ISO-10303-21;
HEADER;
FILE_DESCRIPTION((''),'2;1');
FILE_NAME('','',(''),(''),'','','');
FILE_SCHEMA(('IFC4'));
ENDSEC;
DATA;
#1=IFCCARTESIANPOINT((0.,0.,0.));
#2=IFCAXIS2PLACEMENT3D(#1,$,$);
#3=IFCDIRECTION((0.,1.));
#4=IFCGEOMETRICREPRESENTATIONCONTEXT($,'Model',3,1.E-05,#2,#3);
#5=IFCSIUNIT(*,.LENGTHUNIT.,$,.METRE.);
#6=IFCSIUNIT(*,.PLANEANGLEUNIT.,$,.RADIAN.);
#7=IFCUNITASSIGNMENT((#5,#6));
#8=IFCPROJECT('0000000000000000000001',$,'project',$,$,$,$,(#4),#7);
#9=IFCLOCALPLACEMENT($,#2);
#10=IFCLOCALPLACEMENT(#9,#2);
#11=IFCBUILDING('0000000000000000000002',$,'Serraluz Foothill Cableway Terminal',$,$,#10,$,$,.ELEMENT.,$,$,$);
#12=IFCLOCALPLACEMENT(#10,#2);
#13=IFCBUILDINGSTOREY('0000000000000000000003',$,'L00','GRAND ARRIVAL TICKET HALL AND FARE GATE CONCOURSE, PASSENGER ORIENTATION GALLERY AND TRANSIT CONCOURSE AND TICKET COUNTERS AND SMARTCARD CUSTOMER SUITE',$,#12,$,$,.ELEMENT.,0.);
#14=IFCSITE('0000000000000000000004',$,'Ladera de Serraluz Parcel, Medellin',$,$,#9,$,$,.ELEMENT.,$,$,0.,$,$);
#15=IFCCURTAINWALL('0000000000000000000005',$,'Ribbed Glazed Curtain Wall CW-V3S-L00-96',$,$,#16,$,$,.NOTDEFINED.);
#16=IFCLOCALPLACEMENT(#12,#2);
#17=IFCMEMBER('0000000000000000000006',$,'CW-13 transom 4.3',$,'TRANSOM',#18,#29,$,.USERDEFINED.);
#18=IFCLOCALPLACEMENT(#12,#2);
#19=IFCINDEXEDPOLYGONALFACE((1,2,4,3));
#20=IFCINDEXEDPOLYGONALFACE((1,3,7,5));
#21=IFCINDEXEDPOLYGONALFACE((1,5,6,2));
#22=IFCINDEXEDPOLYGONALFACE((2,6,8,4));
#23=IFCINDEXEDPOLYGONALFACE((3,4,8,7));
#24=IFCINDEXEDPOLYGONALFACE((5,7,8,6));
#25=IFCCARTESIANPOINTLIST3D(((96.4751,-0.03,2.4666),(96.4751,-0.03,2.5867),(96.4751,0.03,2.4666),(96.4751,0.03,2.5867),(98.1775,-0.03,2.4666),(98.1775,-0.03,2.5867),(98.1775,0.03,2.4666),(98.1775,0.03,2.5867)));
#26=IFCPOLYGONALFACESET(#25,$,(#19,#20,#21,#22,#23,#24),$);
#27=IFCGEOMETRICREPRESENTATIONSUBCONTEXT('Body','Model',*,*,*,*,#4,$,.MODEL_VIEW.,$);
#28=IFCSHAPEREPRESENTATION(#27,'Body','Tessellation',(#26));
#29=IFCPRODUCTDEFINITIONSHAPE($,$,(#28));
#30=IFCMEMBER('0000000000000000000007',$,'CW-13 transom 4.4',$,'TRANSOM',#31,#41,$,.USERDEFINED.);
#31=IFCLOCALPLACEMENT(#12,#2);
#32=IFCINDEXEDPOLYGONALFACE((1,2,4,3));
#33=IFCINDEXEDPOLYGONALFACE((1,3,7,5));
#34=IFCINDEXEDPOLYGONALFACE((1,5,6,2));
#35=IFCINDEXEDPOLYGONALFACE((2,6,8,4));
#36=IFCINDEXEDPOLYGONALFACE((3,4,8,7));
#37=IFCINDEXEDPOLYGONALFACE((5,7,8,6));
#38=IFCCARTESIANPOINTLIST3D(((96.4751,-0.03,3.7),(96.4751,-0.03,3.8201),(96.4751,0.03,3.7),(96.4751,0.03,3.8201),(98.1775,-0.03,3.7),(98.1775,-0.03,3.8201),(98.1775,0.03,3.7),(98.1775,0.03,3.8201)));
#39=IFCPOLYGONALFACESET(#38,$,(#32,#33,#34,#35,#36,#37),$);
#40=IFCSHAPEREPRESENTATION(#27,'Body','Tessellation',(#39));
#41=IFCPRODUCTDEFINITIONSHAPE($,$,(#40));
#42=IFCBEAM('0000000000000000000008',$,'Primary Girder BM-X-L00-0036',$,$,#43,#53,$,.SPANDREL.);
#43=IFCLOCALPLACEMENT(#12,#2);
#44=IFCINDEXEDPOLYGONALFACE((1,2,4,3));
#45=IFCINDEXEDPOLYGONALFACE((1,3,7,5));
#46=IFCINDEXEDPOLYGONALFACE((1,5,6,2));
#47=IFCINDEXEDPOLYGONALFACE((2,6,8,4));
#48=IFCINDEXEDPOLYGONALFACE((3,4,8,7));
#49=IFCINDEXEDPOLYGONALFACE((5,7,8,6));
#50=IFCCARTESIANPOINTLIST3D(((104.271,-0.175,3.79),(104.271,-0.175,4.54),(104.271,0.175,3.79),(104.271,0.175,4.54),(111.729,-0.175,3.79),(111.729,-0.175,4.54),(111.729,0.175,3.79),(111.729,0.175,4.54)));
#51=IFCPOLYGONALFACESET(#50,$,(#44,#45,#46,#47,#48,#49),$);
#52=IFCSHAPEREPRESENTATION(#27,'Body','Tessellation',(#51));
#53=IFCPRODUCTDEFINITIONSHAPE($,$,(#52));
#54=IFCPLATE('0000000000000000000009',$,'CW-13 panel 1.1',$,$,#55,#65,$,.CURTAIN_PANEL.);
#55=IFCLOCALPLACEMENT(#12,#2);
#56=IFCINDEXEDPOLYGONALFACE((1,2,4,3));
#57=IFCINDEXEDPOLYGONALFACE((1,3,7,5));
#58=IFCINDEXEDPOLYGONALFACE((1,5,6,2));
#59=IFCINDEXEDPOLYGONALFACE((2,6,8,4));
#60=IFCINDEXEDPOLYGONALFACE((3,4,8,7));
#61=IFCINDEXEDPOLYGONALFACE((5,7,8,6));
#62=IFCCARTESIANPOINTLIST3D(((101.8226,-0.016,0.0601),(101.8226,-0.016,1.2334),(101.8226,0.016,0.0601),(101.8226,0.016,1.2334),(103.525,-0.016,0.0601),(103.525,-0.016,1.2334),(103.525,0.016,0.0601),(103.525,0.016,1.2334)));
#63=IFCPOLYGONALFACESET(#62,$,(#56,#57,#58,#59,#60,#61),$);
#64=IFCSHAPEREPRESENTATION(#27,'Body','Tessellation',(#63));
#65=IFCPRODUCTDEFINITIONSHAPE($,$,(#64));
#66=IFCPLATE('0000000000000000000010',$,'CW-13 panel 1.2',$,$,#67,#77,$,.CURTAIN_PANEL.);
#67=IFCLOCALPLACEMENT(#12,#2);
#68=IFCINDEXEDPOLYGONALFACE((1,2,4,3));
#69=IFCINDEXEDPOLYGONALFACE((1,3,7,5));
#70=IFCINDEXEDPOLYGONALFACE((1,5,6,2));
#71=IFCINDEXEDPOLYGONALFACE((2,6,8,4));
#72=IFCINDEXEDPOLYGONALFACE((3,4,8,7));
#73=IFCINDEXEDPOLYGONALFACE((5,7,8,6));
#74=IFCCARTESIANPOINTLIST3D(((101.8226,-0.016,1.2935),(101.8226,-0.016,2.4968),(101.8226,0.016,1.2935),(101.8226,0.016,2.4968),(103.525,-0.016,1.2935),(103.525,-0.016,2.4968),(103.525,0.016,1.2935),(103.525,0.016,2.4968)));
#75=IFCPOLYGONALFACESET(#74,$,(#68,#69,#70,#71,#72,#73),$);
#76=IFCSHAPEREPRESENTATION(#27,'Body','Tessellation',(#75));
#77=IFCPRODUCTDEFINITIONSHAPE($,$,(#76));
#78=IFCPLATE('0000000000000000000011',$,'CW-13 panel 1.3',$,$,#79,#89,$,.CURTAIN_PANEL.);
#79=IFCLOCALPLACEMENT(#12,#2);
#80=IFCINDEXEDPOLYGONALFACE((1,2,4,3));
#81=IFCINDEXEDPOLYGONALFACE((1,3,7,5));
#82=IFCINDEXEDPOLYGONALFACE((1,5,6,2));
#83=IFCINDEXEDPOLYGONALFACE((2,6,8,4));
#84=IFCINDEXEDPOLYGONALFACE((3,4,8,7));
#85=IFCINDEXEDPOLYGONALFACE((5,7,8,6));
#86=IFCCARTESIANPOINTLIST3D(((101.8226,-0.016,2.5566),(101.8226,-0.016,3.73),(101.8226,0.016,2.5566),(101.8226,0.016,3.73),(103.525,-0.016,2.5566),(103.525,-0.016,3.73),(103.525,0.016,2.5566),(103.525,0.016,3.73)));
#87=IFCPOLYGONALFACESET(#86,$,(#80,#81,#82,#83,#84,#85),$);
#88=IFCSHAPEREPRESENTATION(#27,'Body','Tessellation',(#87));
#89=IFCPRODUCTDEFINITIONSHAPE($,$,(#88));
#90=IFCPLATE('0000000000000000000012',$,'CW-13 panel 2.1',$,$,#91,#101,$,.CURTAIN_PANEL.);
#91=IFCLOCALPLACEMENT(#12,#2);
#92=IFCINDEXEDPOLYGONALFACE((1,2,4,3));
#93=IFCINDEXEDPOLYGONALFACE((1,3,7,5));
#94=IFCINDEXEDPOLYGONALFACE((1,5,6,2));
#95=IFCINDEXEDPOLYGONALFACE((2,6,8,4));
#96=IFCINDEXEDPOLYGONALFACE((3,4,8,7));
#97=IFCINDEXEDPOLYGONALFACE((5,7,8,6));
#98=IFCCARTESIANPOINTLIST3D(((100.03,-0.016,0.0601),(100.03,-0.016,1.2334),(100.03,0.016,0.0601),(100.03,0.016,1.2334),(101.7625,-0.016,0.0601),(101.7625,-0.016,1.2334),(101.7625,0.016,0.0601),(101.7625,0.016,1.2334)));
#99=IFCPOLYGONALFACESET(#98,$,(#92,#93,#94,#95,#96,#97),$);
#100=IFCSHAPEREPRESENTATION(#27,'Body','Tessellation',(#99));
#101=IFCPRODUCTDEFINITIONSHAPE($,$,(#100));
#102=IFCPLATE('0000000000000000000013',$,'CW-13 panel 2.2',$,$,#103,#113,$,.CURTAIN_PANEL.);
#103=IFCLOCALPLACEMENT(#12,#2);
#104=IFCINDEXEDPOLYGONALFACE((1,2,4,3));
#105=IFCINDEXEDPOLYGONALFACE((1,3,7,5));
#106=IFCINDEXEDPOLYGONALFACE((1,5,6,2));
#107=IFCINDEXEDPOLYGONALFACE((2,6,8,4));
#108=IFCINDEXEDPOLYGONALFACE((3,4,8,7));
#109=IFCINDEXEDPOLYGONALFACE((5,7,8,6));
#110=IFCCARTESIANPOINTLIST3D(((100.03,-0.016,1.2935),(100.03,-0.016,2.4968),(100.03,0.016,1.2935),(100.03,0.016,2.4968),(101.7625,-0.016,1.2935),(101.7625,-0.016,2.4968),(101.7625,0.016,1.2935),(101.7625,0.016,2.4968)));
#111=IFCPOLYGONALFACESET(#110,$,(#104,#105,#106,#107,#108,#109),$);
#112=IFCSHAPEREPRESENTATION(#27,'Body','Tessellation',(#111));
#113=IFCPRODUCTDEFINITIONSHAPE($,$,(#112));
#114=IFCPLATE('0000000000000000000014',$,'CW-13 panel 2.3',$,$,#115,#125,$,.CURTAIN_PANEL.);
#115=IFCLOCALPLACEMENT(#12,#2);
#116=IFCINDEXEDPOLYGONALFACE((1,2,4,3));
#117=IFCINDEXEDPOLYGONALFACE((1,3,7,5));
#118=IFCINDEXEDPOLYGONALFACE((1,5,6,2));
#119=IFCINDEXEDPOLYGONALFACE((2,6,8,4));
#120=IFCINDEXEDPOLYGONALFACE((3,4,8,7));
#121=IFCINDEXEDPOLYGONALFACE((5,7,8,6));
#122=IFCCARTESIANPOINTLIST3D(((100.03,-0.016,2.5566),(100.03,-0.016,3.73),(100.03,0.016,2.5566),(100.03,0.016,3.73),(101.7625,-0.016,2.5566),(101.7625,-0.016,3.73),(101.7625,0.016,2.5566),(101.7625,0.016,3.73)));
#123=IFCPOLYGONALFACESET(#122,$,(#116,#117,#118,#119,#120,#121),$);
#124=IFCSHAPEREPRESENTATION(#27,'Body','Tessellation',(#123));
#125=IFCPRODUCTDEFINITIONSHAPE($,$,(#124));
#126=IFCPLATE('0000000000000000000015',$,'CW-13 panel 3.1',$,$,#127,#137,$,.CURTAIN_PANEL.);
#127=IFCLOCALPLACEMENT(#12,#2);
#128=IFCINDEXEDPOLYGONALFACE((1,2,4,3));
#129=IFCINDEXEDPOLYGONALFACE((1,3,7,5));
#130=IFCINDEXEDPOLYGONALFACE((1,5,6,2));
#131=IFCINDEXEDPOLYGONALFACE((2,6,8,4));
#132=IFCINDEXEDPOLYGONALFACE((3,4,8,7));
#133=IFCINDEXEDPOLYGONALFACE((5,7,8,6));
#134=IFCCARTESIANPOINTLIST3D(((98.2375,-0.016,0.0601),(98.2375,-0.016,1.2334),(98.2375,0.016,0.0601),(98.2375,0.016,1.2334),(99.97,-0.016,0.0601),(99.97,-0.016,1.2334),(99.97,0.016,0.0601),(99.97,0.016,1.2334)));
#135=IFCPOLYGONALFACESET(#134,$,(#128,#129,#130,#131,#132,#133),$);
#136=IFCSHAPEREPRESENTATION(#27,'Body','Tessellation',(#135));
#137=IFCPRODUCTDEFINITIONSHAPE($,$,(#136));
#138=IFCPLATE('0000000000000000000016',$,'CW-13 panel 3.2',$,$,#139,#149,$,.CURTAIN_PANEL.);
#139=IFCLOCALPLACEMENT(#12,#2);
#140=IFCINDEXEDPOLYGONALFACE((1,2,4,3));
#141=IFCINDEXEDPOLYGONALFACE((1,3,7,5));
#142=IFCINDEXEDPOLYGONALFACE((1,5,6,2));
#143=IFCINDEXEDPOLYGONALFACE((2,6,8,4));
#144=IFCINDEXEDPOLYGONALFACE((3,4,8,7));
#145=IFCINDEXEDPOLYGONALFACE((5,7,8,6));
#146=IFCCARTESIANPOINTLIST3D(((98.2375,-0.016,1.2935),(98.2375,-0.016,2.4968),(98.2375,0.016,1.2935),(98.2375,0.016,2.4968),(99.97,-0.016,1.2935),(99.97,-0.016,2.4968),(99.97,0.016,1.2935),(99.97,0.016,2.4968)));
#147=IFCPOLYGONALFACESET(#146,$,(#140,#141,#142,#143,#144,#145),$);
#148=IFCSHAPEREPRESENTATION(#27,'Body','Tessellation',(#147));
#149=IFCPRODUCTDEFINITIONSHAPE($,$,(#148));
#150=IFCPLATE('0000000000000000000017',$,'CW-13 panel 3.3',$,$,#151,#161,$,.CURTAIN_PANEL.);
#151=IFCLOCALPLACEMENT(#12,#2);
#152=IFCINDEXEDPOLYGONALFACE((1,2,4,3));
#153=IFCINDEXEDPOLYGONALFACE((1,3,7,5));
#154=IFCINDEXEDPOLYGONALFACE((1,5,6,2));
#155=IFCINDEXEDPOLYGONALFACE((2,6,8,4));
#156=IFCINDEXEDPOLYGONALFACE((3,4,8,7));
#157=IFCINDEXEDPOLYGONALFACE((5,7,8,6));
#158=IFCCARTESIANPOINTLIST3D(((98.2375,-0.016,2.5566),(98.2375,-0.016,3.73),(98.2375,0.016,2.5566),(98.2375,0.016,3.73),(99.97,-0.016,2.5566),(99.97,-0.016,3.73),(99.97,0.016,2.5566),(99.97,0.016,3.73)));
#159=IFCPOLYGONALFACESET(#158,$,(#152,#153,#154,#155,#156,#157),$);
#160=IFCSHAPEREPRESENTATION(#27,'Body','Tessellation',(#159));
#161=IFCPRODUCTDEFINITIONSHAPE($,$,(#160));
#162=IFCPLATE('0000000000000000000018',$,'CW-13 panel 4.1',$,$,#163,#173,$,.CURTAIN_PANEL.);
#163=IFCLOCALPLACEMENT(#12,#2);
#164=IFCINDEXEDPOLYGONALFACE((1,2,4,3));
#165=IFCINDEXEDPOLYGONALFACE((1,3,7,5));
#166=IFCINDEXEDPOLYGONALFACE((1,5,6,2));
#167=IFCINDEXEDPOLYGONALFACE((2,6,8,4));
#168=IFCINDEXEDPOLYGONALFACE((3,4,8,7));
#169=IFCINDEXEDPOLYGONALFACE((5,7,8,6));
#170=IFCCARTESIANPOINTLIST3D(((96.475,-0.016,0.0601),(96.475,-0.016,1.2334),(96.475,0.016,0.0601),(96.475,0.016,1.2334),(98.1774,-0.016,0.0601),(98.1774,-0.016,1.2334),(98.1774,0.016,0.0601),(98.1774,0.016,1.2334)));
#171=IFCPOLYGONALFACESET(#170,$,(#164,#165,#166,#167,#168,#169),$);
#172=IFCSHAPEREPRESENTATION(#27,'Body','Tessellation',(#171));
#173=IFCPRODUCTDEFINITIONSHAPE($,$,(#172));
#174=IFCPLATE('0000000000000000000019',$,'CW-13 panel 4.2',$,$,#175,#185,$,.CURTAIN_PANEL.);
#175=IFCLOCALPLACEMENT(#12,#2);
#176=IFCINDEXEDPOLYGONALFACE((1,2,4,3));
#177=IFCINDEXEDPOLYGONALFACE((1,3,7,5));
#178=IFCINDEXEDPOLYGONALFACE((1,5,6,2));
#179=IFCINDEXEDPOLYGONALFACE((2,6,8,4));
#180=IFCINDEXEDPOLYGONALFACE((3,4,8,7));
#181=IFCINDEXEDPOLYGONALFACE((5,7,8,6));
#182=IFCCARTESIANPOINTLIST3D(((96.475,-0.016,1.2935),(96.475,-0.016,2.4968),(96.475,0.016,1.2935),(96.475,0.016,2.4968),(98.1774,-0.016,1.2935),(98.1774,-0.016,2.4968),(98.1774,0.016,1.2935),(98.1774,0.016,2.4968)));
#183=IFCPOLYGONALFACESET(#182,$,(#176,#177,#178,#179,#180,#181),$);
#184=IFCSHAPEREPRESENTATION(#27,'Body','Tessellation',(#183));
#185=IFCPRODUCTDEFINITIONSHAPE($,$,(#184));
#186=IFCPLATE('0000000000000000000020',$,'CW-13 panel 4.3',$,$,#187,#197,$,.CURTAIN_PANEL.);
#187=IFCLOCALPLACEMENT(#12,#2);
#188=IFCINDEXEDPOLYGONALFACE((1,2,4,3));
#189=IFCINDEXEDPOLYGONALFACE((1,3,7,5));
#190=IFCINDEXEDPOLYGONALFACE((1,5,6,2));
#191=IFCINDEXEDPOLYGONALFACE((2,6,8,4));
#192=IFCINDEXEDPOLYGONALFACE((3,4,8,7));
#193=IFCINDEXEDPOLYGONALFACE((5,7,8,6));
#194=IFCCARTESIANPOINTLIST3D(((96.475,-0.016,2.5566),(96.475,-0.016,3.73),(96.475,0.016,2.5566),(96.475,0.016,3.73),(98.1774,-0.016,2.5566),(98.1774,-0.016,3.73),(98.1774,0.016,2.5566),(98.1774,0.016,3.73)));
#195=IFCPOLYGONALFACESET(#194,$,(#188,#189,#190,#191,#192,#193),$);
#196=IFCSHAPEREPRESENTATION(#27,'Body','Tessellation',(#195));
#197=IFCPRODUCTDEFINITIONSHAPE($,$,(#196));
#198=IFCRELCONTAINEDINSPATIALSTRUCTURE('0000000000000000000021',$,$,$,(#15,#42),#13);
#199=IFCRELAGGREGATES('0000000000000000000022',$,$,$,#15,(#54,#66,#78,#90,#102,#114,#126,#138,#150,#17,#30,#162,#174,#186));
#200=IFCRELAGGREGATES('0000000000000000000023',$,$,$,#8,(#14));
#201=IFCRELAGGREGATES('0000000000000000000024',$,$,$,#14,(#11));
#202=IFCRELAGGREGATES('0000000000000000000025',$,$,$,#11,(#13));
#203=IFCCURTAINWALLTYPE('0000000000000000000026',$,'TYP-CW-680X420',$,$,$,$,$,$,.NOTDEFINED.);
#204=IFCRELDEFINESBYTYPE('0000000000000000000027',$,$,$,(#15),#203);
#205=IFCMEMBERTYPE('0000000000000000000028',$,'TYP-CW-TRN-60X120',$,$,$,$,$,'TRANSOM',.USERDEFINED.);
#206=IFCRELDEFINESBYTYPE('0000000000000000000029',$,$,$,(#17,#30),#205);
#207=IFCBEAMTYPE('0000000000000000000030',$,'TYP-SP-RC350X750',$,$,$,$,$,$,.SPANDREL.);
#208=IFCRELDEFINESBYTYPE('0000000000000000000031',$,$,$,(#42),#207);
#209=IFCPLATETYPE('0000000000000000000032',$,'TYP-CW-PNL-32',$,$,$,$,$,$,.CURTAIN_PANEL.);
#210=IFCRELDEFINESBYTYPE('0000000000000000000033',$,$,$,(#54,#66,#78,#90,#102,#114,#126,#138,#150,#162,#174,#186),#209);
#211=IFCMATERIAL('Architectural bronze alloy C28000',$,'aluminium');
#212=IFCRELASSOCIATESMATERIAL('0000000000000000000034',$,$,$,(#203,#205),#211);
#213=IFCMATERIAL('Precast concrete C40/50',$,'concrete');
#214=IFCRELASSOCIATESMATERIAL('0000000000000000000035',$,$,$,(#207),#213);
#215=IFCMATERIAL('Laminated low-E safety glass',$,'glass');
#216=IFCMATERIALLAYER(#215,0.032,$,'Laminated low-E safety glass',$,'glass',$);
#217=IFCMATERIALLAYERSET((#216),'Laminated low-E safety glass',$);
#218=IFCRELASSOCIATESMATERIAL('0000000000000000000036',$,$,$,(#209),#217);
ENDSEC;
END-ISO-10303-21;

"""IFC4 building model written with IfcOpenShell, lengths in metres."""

from ifc_helpers import new_model, si_unit, direction, frame, origin, origin_2d, place, context, subcontext, project, spatial, rectangle, extrude, material, layer, layer_set, material_profile, profile_set, type_object, element, aggregate, save


model = new_model("IFC4")

# Units and contexts
model_context = context("Model", 3, precision=1e-05, world=origin(), true_north=direction((0.0, 1.0)))
body_context = subcontext(model_context, "Body", "Model", "MODEL_VIEW")
ifc_project = project(units=[si_unit("LENGTHUNIT", "METRE"), si_unit("PLANEANGLEUNIT", "RADIAN")], contexts=[model_context])

# Site, building, storey
site_placement = place(None, origin())
site = spatial("IfcSite", under=ifc_project, at=site_placement, Name="Ladera de Serraluz Parcel, Medellin", CompositionType="ELEMENT", RefElevation=0.0)
building_placement = place(site_placement, origin())
building = spatial("IfcBuilding", under=site, at=building_placement, Name="Serraluz Foothill Cableway Terminal", CompositionType="ELEMENT")
storey_placement = place(building_placement, origin())
storey = spatial("IfcBuildingStorey", under=building, at=storey_placement, Name="L00", Description="GRAND ARRIVAL TICKET HALL AND FARE GATE CONCOURSE, PASSENGER ORIENTATION GALLERY AND TRANSIT CONCOURSE AND TICKET COUNTERS AND SMARTCARD CUSTOMER SUITE", CompositionType="ELEMENT", Elevation=0.0)

# Curtain wall
ifc_material_1 = material(Name="Architectural bronze alloy C28000", Category="aluminium")
curtain_wall_type_1 = type_object("IfcCurtainWallType", Name="TYP-CW-680X420", PredefinedType="NOTDEFINED", material=ifc_material_1)
curtain_wall_1_placement = place(storey_placement, origin())
curtain_wall_1 = element("IfcCurtainWall", 1, at=curtain_wall_1_placement, inside=storey, type_object=curtain_wall_type_1, Name="Ribbed Glazed Curtain Wall CW-V3S-L00-96", PredefinedType="NOTDEFINED")

# Members
ifc_material_profile_1 = material_profile(ifc_material_1, rectangle(XDim=0.0601, YDim=0.1201, at=origin_2d()), Name="ALU TRANSOM 60x120")
ifc_profile_set_1 = profile_set([ifc_material_profile_1], Name="Architectural bronze alloy C28000")
member_type_1 = type_object("IfcMemberType", Name="TYP-CW-TRN-60X120", ElementType="TRANSOM", PredefinedType="USERDEFINED", material=ifc_profile_set_1)
member_1_placement = place(storey_placement, frame((98.1775, 0.0, 2.5266), z_axis=(-1.0, 0.0, 0.0), x_axis=(0.0, -1.0, 0.0)))
member_1 = element("IfcMember", 2, at=member_1_placement, type_object=member_type_1, Name="CW-13 transom 4.3", ObjectType="TRANSOM", PredefinedType="USERDEFINED", context=body_context, shape_type="SweptSolid", body=[
    extrude(rectangle(XDim=0.0601, YDim=0.1201, at=origin_2d()), origin(), (0.0, 0.0, 1.0), 1.7024),
])
member_2_placement = place(storey_placement, frame((98.1775, 0.0, 3.76), z_axis=(-1.0, 0.0, 0.0), x_axis=(0.0, -1.0, 0.0)))
member_2 = element("IfcMember", 3, at=member_2_placement, type_object=member_type_1, Name="CW-13 transom 4.4", ObjectType="TRANSOM", PredefinedType="USERDEFINED", context=body_context, shape_type="SweptSolid", body=[
    extrude(rectangle(XDim=0.0601, YDim=0.1201, at=origin_2d()), origin(), (0.0, 0.0, 1.0), 1.7024),
])

# Beam
ifc_material_2 = material(Name="Precast concrete C40/50", Category="concrete")
ifc_material_profile_2 = material_profile(ifc_material_2, rectangle(XDim=0.3501, YDim=0.75, at=origin_2d()), Name="RC SP 350x750")
ifc_profile_set_2 = profile_set([ifc_material_profile_2], Name="Precast concrete C40/50")
beam_type = type_object("IfcBeamType", Name="TYP-SP-RC350X750", PredefinedType="SPANDREL", material=ifc_profile_set_2)
beam_placement = place(storey_placement, frame((104.271, 0.0, 4.165), z_axis=(1.0, 0.0, 0.0), x_axis=(0.0, 1.0, 0.0)))
element("IfcBeam", 4, at=beam_placement, inside=storey, type_object=beam_type, Name="Primary Girder BM-X-L00-0036", PredefinedType="SPANDREL", context=body_context, shape_type="SweptSolid", body=[
    extrude(rectangle(XDim=0.3501, YDim=0.75, at=origin_2d()), origin(), (0.0, 0.0, 1.0), 7.458),
])

# Plates
ifc_material_3 = material(Name="Laminated low-E safety glass", Category="glass")
ifc_layer = layer(ifc_material_3, 0.032, Name="Laminated low-E safety glass", Category="glass")
ifc_layer_set = layer_set([ifc_layer], Name="Laminated low-E safety glass")
plate_type = type_object("IfcPlateType", Name="TYP-CW-PNL-32", PredefinedType="CURTAIN_PANEL", material=ifc_layer_set)
plate_1_placement = place(storey_placement, frame((102.6738, 0.0, 0.0601), z_axis=(0.0, 0.0, 1.0), x_axis=(-1.0, 0.0, 0.0)))
plate_1 = element("IfcPlate", 5, at=plate_1_placement, type_object=plate_type, Name="CW-13 panel 1.1", PredefinedType="CURTAIN_PANEL", context=body_context, shape_type="SweptSolid", body=[
    extrude(rectangle(XDim=1.7024, YDim=0.032, at=origin_2d()), origin(), (0.0, 0.0, 1.0), 1.1733),
])
plate_2_placement = place(storey_placement, frame((102.6738, 0.0, 1.2935), z_axis=(0.0, 0.0, 1.0), x_axis=(-1.0, 0.0, 0.0)))
plate_2 = element("IfcPlate", 6, at=plate_2_placement, type_object=plate_type, Name="CW-13 panel 1.2", PredefinedType="CURTAIN_PANEL", context=body_context, shape_type="SweptSolid", body=[
    extrude(rectangle(XDim=1.7024, YDim=0.032, at=origin_2d()), origin(), (0.0, 0.0, 1.0), 1.2034),
])
plate_3_placement = place(storey_placement, frame((102.6738, 0.0, 2.5566), z_axis=(0.0, 0.0, 1.0), x_axis=(-1.0, 0.0, 0.0)))
plate_3 = element("IfcPlate", 7, at=plate_3_placement, type_object=plate_type, Name="CW-13 panel 1.3", PredefinedType="CURTAIN_PANEL", context=body_context, shape_type="SweptSolid", body=[
    extrude(rectangle(XDim=1.7024, YDim=0.032, at=origin_2d()), origin(), (0.0, 0.0, 1.0), 1.1733),
])
plate_4_placement = place(storey_placement, frame((100.8962, 0.0, 0.0601), z_axis=(0.0, 0.0, 1.0), x_axis=(-1.0, 0.0, 0.0)))
plate_4 = element("IfcPlate", 8, at=plate_4_placement, type_object=plate_type, Name="CW-13 panel 2.1", PredefinedType="CURTAIN_PANEL", context=body_context, shape_type="SweptSolid", body=[
    extrude(rectangle(XDim=1.7324, YDim=0.032, at=origin_2d()), origin(), (0.0, 0.0, 1.0), 1.1733),
])
plate_5_placement = place(storey_placement, frame((100.8962, 0.0, 1.2935), z_axis=(0.0, 0.0, 1.0), x_axis=(-1.0, 0.0, 0.0)))
plate_5 = element("IfcPlate", 9, at=plate_5_placement, type_object=plate_type, Name="CW-13 panel 2.2", PredefinedType="CURTAIN_PANEL", context=body_context, shape_type="SweptSolid", body=[
    extrude(rectangle(XDim=1.7324, YDim=0.032, at=origin_2d()), origin(), (0.0, 0.0, 1.0), 1.2034),
])
plate_6_placement = place(storey_placement, frame((100.8962, 0.0, 2.5566), z_axis=(0.0, 0.0, 1.0), x_axis=(-1.0, 0.0, 0.0)))
plate_6 = element("IfcPlate", 10, at=plate_6_placement, type_object=plate_type, Name="CW-13 panel 2.3", PredefinedType="CURTAIN_PANEL", context=body_context, shape_type="SweptSolid", body=[
    extrude(rectangle(XDim=1.7324, YDim=0.032, at=origin_2d()), origin(), (0.0, 0.0, 1.0), 1.1733),
])
plate_7_placement = place(storey_placement, frame((99.1038, 0.0, 0.0601), z_axis=(0.0, 0.0, 1.0), x_axis=(-1.0, 0.0, 0.0)))
plate_7 = element("IfcPlate", 11, at=plate_7_placement, type_object=plate_type, Name="CW-13 panel 3.1", PredefinedType="CURTAIN_PANEL", context=body_context, shape_type="SweptSolid", body=[
    extrude(rectangle(XDim=1.7324, YDim=0.032, at=origin_2d()), origin(), (0.0, 0.0, 1.0), 1.1733),
])
plate_8_placement = place(storey_placement, frame((99.1038, 0.0, 1.2935), z_axis=(0.0, 0.0, 1.0), x_axis=(-1.0, 0.0, 0.0)))
plate_8 = element("IfcPlate", 12, at=plate_8_placement, type_object=plate_type, Name="CW-13 panel 3.2", PredefinedType="CURTAIN_PANEL", context=body_context, shape_type="SweptSolid", body=[
    extrude(rectangle(XDim=1.7324, YDim=0.032, at=origin_2d()), origin(), (0.0, 0.0, 1.0), 1.2034),
])
plate_9_placement = place(storey_placement, frame((99.1038, 0.0, 2.5566), z_axis=(0.0, 0.0, 1.0), x_axis=(-1.0, 0.0, 0.0)))
plate_9 = element("IfcPlate", 13, at=plate_9_placement, type_object=plate_type, Name="CW-13 panel 3.3", PredefinedType="CURTAIN_PANEL", context=body_context, shape_type="SweptSolid", body=[
    extrude(rectangle(XDim=1.7324, YDim=0.032, at=origin_2d()), origin(), (0.0, 0.0, 1.0), 1.1733),
])
plate_10_placement = place(storey_placement, frame((97.3262, 0.0, 0.0601), z_axis=(0.0, 0.0, 1.0), x_axis=(-1.0, 0.0, 0.0)))
plate_10 = element("IfcPlate", 14, at=plate_10_placement, type_object=plate_type, Name="CW-13 panel 4.1", PredefinedType="CURTAIN_PANEL", context=body_context, shape_type="SweptSolid", body=[
    extrude(rectangle(XDim=1.7024, YDim=0.032, at=origin_2d()), origin(), (0.0, 0.0, 1.0), 1.1733),
])
plate_11_placement = place(storey_placement, frame((97.3262, 0.0, 1.2935), z_axis=(0.0, 0.0, 1.0), x_axis=(-1.0, 0.0, 0.0)))
plate_11 = element("IfcPlate", 15, at=plate_11_placement, type_object=plate_type, Name="CW-13 panel 4.2", PredefinedType="CURTAIN_PANEL", context=body_context, shape_type="SweptSolid", body=[
    extrude(rectangle(XDim=1.7024, YDim=0.032, at=origin_2d()), origin(), (0.0, 0.0, 1.0), 1.2034),
])
plate_12_placement = place(storey_placement, frame((97.3262, 0.0, 2.5566), z_axis=(0.0, 0.0, 1.0), x_axis=(-1.0, 0.0, 0.0)))
plate_12 = element("IfcPlate", 16, at=plate_12_placement, type_object=plate_type, Name="CW-13 panel 4.3", PredefinedType="CURTAIN_PANEL", context=body_context, shape_type="SweptSolid", body=[
    extrude(rectangle(XDim=1.7024, YDim=0.032, at=origin_2d()), origin(), (0.0, 0.0, 1.0), 1.1733),
])
aggregate(curtain_wall_1, [plate_1, plate_2, plate_3, plate_4, plate_5, plate_6, plate_7, plate_8, plate_9, member_1, member_2, plate_10, plate_11, plate_12])

save(model, "model.ifc")
